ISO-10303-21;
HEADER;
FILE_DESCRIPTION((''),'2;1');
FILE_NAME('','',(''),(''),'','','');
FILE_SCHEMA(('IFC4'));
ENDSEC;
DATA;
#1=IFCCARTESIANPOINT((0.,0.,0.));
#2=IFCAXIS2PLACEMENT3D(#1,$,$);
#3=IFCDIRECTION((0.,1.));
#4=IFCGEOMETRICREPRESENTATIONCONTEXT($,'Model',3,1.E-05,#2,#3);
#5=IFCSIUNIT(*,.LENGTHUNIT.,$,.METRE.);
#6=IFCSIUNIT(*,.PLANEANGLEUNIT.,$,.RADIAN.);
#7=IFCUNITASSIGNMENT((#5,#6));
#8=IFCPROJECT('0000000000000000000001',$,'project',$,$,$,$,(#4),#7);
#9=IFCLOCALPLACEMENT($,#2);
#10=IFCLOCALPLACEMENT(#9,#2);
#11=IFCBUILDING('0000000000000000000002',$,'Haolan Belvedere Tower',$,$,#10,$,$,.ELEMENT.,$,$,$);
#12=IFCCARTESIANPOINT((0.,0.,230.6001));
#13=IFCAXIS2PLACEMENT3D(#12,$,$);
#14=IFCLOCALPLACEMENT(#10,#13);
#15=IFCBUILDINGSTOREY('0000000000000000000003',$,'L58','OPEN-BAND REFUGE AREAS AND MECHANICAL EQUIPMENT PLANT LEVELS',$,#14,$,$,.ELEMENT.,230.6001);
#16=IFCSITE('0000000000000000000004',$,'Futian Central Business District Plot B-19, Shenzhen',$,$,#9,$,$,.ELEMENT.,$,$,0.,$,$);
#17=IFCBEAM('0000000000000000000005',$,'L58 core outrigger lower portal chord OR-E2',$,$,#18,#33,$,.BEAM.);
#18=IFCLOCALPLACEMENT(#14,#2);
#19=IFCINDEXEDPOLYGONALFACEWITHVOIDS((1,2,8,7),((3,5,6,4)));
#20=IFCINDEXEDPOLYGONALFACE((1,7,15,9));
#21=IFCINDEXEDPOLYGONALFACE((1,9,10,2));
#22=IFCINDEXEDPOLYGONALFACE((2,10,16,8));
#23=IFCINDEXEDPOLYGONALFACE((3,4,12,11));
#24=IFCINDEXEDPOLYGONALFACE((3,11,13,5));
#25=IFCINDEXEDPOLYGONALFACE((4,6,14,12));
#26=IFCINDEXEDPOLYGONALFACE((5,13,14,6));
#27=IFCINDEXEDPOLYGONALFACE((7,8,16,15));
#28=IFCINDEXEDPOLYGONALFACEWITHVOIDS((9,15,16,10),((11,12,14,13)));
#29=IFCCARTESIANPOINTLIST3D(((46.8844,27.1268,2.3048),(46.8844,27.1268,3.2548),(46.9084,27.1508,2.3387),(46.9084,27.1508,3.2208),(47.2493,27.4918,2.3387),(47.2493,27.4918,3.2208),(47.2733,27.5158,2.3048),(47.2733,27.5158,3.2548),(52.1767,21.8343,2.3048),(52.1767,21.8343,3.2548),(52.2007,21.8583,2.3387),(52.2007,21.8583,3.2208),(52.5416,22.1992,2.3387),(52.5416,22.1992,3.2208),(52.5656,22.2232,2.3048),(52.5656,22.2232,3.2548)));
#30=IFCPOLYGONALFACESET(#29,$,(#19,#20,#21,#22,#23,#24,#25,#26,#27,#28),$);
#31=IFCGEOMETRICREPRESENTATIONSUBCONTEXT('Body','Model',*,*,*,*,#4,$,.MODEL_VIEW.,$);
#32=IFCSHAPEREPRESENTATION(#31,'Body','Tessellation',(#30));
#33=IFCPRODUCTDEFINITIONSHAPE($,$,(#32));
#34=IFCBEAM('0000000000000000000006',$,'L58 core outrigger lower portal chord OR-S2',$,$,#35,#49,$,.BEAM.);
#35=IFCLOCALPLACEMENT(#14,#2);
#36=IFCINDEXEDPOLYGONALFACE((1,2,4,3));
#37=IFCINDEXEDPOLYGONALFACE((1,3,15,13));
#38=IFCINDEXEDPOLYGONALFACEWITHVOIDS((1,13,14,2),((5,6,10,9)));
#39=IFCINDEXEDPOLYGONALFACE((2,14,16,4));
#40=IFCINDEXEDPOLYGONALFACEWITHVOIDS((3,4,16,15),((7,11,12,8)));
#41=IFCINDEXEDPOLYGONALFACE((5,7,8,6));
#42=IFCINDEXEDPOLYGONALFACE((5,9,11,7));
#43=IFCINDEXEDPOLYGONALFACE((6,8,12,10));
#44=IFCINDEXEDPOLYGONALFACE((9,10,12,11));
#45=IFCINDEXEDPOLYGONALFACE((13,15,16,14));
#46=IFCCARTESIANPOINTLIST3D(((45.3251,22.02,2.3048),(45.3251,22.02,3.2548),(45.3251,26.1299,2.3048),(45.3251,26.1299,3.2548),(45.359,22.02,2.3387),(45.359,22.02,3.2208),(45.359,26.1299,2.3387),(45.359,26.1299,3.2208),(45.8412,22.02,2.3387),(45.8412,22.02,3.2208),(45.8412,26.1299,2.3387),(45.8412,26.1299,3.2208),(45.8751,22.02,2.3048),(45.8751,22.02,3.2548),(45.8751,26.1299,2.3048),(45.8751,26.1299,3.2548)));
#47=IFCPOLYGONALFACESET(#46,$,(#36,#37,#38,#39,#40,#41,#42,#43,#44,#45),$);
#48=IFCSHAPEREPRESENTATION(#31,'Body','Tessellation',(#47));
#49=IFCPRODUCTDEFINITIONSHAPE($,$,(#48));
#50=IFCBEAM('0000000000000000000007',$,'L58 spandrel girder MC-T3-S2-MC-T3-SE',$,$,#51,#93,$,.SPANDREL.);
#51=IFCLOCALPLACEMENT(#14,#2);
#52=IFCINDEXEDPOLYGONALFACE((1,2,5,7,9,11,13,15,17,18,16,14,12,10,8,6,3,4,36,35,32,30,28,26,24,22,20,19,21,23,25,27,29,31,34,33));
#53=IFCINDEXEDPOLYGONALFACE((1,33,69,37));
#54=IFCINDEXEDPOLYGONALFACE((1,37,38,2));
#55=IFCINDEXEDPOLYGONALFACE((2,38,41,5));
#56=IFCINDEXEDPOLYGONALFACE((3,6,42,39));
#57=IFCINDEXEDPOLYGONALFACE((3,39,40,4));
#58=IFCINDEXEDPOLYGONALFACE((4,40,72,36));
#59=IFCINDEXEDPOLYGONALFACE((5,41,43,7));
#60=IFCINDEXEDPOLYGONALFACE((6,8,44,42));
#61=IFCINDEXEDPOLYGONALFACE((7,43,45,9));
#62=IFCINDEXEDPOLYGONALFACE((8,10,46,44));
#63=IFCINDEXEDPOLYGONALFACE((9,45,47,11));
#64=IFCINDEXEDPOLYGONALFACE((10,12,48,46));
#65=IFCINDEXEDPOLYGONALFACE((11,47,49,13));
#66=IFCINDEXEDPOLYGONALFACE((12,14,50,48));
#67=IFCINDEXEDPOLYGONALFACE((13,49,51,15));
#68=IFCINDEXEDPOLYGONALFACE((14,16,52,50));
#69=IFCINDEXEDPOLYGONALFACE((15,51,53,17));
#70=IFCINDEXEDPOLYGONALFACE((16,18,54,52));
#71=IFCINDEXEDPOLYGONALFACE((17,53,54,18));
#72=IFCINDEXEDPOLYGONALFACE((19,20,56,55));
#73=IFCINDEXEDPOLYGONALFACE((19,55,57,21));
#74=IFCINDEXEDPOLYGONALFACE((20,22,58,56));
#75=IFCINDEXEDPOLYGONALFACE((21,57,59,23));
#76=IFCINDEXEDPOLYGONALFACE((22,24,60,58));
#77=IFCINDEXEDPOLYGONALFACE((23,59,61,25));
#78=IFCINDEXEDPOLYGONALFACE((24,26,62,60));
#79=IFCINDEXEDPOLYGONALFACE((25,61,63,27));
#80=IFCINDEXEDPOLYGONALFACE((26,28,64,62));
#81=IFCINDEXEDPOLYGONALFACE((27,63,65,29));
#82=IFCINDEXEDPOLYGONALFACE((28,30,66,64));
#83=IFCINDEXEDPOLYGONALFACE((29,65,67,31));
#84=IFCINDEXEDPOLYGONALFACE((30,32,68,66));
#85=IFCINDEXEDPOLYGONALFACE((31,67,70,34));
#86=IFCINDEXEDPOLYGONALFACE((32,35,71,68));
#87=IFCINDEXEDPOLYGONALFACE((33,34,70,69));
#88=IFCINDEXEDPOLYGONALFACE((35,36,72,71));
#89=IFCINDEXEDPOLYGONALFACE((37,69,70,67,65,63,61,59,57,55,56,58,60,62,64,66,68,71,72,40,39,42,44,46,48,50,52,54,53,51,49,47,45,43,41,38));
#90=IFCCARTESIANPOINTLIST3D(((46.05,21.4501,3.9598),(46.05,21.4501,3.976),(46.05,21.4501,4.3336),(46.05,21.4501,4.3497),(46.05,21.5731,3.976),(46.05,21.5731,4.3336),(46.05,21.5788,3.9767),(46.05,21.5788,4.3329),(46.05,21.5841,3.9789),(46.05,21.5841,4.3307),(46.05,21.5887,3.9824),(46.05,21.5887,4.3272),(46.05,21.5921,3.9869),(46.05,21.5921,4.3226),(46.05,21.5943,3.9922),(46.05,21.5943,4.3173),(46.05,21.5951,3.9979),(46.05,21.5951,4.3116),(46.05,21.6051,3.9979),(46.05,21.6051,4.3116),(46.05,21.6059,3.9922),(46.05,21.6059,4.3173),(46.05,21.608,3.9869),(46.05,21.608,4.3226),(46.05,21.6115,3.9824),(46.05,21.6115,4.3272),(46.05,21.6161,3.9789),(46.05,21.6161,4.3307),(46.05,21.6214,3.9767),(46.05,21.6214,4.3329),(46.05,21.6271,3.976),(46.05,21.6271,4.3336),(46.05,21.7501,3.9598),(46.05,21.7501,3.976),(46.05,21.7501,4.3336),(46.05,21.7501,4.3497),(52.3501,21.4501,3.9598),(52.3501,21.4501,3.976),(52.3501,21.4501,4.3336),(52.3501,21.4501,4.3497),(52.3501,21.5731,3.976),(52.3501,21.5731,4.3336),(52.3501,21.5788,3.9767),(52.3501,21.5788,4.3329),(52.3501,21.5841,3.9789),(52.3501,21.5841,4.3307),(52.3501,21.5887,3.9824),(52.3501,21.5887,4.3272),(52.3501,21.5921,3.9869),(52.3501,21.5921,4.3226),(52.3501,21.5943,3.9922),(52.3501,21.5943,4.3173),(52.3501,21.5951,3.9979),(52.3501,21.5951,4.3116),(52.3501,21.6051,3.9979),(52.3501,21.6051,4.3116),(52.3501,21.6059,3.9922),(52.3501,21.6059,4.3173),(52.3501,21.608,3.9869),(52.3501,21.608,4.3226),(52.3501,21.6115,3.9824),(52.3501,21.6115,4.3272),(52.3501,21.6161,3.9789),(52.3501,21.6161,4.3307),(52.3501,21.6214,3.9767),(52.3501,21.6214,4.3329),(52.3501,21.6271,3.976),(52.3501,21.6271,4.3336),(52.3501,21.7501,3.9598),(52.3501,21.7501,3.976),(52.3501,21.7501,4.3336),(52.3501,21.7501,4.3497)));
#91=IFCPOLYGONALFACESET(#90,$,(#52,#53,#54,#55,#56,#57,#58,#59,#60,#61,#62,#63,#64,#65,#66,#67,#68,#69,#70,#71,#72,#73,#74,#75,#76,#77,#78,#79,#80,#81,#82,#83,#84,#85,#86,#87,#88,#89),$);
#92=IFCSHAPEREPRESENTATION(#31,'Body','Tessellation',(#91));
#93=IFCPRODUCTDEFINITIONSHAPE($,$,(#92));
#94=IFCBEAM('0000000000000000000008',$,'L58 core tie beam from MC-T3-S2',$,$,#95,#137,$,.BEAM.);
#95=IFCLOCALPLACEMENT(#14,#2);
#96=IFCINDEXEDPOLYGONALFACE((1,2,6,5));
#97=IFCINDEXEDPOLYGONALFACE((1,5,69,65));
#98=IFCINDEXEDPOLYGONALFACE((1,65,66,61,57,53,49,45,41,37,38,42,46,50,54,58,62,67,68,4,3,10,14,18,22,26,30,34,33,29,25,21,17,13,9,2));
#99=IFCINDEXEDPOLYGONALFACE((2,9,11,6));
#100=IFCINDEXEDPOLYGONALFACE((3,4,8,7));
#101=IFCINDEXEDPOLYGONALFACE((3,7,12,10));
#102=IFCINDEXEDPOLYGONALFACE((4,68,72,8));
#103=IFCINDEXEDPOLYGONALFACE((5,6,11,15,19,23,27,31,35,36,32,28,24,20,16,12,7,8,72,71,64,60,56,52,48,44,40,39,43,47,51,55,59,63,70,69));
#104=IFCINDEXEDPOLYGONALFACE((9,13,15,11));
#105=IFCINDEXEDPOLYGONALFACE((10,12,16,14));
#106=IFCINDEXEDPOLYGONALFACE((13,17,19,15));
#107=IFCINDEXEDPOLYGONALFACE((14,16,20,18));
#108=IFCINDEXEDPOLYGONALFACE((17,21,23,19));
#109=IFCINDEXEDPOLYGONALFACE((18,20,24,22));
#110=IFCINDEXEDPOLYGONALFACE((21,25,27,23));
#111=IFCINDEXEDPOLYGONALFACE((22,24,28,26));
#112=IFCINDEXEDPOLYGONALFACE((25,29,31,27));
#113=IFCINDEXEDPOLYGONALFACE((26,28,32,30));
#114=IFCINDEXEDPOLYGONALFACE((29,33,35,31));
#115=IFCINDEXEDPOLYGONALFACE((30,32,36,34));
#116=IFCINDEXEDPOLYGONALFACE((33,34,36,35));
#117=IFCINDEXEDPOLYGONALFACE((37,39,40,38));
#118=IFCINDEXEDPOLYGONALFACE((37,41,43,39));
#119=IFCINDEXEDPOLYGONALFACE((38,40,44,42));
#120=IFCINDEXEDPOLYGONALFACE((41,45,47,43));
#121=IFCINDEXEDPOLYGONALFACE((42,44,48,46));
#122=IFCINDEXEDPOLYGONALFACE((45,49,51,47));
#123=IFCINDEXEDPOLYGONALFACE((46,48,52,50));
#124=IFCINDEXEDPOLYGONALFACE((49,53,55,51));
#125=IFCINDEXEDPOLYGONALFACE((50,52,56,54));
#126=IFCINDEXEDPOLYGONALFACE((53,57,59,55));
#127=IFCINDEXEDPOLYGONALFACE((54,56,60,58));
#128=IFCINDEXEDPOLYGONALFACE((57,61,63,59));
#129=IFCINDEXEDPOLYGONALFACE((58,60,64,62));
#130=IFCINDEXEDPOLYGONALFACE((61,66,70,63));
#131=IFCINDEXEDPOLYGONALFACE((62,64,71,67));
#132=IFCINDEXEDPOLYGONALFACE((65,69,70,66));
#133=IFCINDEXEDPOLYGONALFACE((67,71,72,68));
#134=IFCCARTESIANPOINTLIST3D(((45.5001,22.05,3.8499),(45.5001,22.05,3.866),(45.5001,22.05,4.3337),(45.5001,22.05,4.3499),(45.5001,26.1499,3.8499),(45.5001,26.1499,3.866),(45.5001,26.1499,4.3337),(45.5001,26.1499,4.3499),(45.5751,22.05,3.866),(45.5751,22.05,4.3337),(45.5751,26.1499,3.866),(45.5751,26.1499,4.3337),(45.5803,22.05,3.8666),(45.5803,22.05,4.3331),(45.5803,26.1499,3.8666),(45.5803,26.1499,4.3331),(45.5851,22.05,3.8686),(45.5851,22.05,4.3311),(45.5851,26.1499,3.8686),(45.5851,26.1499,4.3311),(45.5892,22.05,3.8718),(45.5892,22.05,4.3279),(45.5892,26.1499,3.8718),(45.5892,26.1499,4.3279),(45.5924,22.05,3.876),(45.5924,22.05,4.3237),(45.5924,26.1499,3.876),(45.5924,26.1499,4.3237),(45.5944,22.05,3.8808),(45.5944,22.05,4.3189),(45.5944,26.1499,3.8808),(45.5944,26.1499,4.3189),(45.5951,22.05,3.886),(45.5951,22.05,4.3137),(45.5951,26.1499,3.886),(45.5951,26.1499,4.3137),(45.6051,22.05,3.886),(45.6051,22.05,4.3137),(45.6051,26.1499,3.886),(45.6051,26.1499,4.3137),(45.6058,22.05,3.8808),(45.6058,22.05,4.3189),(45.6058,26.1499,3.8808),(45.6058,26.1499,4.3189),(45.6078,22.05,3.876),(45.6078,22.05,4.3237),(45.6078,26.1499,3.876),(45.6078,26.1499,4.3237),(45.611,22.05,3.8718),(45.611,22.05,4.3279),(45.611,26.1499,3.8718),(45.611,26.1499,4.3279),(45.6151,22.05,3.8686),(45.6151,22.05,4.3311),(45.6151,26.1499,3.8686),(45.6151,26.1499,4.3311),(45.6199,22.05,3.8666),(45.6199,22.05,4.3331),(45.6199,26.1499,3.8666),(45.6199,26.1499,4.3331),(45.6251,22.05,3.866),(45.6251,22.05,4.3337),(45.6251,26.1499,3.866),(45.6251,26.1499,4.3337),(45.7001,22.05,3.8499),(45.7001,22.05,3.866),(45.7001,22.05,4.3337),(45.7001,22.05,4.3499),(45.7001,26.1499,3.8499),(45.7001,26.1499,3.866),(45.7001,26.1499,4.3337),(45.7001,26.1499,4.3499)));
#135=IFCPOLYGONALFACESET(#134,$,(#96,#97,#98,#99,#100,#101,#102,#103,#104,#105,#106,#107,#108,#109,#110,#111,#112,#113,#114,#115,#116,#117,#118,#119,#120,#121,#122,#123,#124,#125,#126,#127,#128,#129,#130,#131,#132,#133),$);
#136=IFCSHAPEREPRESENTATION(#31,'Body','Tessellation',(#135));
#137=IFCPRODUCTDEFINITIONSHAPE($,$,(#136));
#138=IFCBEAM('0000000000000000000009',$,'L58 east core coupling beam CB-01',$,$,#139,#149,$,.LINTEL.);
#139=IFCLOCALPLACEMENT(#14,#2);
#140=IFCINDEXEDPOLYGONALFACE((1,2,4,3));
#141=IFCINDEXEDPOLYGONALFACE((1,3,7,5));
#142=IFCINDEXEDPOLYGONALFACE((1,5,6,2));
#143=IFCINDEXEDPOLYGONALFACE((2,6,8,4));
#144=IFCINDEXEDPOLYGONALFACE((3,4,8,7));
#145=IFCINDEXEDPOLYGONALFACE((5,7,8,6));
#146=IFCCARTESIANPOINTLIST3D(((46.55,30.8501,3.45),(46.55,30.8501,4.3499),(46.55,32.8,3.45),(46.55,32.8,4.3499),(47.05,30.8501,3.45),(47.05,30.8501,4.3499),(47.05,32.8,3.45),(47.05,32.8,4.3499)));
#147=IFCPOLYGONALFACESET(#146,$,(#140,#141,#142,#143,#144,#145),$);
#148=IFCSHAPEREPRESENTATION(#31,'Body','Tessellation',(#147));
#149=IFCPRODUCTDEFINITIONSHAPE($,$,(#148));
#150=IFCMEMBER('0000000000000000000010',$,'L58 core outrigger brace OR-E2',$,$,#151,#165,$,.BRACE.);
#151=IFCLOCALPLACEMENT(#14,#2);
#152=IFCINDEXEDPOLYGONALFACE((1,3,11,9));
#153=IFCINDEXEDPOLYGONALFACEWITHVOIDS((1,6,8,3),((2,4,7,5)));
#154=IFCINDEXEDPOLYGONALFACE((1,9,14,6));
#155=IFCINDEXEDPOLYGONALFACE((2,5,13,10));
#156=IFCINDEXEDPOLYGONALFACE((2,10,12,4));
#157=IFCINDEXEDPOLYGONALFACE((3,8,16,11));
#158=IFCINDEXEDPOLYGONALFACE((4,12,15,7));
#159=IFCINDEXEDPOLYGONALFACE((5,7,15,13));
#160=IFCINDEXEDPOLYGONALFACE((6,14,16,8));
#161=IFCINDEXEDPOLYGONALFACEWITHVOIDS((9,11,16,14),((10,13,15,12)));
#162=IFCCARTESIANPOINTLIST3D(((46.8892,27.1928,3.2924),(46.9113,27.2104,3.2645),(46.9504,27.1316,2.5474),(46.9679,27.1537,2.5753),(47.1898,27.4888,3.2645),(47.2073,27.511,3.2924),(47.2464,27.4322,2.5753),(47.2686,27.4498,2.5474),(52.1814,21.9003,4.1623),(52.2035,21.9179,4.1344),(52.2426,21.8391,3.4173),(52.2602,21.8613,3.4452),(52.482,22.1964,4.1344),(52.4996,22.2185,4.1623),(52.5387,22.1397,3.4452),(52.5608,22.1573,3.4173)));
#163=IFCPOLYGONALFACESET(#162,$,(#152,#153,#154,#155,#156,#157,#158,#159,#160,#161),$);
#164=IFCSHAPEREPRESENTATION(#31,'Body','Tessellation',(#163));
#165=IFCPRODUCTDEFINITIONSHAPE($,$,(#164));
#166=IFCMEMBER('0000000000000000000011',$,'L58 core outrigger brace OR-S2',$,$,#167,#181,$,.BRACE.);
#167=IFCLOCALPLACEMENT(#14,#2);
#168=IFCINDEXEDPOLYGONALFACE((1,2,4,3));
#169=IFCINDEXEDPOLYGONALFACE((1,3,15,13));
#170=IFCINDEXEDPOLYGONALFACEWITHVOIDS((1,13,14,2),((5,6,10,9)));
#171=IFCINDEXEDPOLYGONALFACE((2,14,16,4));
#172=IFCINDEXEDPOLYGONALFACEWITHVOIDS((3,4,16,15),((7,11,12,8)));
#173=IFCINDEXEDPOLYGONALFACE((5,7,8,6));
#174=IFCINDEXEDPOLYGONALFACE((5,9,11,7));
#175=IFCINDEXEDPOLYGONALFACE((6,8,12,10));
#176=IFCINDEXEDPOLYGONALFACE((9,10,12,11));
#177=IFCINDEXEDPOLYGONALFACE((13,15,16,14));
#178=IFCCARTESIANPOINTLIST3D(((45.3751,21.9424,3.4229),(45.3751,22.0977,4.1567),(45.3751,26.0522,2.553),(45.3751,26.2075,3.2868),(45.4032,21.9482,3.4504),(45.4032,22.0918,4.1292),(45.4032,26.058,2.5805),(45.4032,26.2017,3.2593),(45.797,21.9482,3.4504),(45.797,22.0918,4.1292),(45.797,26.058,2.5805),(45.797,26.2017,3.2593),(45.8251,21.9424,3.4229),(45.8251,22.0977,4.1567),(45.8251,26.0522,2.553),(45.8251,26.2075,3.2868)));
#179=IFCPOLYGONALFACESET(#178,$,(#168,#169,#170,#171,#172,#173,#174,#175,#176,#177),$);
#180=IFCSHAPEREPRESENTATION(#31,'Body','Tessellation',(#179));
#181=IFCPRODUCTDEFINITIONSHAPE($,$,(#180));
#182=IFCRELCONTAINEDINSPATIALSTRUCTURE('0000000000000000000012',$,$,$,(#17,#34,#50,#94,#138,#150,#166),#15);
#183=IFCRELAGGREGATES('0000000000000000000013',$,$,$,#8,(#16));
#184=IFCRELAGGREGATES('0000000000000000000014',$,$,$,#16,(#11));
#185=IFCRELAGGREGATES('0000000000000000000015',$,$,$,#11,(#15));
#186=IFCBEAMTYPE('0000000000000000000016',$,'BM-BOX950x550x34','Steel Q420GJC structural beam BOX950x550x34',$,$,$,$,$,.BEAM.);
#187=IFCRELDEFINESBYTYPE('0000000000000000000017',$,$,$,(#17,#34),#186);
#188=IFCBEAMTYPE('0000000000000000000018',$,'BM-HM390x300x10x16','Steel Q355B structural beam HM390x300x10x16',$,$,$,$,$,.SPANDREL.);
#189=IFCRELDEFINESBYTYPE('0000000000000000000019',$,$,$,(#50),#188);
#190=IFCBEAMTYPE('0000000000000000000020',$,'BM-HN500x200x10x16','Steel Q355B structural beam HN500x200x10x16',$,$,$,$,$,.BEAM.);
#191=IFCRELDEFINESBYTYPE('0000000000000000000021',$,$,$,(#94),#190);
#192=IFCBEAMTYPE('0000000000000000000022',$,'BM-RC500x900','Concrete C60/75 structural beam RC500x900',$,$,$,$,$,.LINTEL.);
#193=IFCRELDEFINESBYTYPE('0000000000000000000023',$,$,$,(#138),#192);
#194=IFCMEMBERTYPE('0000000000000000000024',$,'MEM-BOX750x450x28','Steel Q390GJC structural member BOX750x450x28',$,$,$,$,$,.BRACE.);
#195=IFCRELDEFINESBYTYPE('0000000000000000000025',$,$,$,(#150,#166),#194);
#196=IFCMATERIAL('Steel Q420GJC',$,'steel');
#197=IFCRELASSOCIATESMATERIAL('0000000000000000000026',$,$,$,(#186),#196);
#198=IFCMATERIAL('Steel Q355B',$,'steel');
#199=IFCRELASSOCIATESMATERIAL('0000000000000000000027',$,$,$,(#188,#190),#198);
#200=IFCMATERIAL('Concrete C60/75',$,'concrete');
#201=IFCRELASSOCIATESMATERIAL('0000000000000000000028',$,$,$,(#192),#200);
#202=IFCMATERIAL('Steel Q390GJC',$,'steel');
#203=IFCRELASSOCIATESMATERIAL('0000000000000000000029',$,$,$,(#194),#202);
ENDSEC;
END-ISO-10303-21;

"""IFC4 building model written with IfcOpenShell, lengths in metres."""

from ifc_helpers import new_model, si_unit, direction, frame, origin, origin_2d, place, context, subcontext, project, spatial, rectangle, hollow_rectangle, i_section, extrude, material, material_profile, profile_set, type_object, element, save


model = new_model("IFC4")

# Units and contexts
model_context = context("Model", 3, precision=1e-05, world=origin(), true_north=direction((0.0, 1.0)))
body_context = subcontext(model_context, "Body", "Model", "MODEL_VIEW")
ifc_project = project(units=[si_unit("LENGTHUNIT", "METRE"), si_unit("PLANEANGLEUNIT", "RADIAN")], contexts=[model_context])

# Site, building, storey
site_placement = place(None, origin())
site = spatial("IfcSite", under=ifc_project, at=site_placement, Name="Futian Central Business District Plot B-19, Shenzhen", CompositionType="ELEMENT", RefElevation=0.0)
building_placement = place(site_placement, origin())
building = spatial("IfcBuilding", under=site, at=building_placement, Name="Haolan Belvedere Tower", CompositionType="ELEMENT")
storey_placement = place(building_placement, frame((0.0, 0.0, 230.6001)))
storey = spatial("IfcBuildingStorey", under=building, at=storey_placement, Name="L58", Description="OPEN-BAND REFUGE AREAS AND MECHANICAL EQUIPMENT PLANT LEVELS", CompositionType="ELEMENT", Elevation=230.6001)

# Beams
ifc_material_1 = material(Name="Steel Q420GJC", Category="steel")
ifc_material_profile_1 = material_profile(ifc_material_1, hollow_rectangle(XDim=0.55, YDim=0.95, WallThickness=0.0339, at=origin_2d()), Name="Steel Q420GJC")
ifc_profile_set_1 = profile_set([ifc_material_profile_1], Name="Steel Q420GJC")
beam_type_1 = type_object("IfcBeamType", Name="BM-BOX950x550x34", Description="Steel Q420GJC structural beam BOX950x550x34", PredefinedType="BEAM", material=ifc_profile_set_1)
beam_1_placement = place(storey_placement, frame((47.0789, 27.3213, 2.7798), z_axis=(0.70709, -0.707123, 0.0), x_axis=(0.707123, 0.70709, 0.0)))
element("IfcBeam", 1, at=beam_1_placement, inside=storey, type_object=beam_type_1, Name="L58 core outrigger lower portal chord OR-E2", PredefinedType="BEAM", context=body_context, shape_type="SweptSolid", body=[
    extrude(hollow_rectangle(XDim=0.55, YDim=0.95, WallThickness=0.0339, at=origin_2d()), origin(), (0.0, 0.0, 1.0), 7.4846),
])
beam_2_placement = place(storey_placement, frame((45.6001, 26.1299, 2.7798), z_axis=(0.0, -1.0, 0.0), x_axis=(1.0, 0.0, 0.0)))
element("IfcBeam", 2, at=beam_2_placement, inside=storey, type_object=beam_type_1, Name="L58 core outrigger lower portal chord OR-S2", PredefinedType="BEAM", context=body_context, shape_type="SweptSolid", body=[
    extrude(hollow_rectangle(XDim=0.55, YDim=0.95, WallThickness=0.0339, at=origin_2d()), origin(), (0.0, 0.0, 1.0), 4.1099),
])
ifc_material_2 = material(Name="Steel Q355B", Category="steel")
ifc_material_profile_2 = material_profile(ifc_material_2, i_section(OverallWidth=0.3, OverallDepth=0.3899, WebThickness=0.01, FlangeThickness=0.0161, FilletRadius=0.022, at=origin_2d()), Name="Steel Q355B")
ifc_profile_set_2 = profile_set([ifc_material_profile_2], Name="Steel Q355B")
beam_type_2 = type_object("IfcBeamType", Name="BM-HM390x300x10x16", Description="Steel Q355B structural beam HM390x300x10x16", PredefinedType="SPANDREL", material=ifc_profile_set_2)
beam_3_placement = place(storey_placement, frame((46.05, 21.6001, 4.1548), z_axis=(1.0, 0.0, 0.0), x_axis=(0.0, 1.0, 0.0)))
element("IfcBeam", 3, at=beam_3_placement, inside=storey, type_object=beam_type_2, Name="L58 spandrel girder MC-T3-S2-MC-T3-SE", PredefinedType="SPANDREL", context=body_context, shape_type="SweptSolid", body=[
    extrude(i_section(OverallWidth=0.3, OverallDepth=0.3899, WebThickness=0.01, FlangeThickness=0.0161, FilletRadius=0.022, at=origin_2d()), origin(), (0.0, 0.0, 1.0), 6.3),
])
ifc_material_profile_3 = material_profile(ifc_material_2, i_section(OverallWidth=0.2, OverallDepth=0.5, WebThickness=0.01, FlangeThickness=0.0161, FilletRadius=0.02, at=origin_2d()), Name="Steel Q355B")
ifc_profile_set_3 = profile_set([ifc_material_profile_3], Name="Steel Q355B")
beam_type_3 = type_object("IfcBeamType", Name="BM-HN500x200x10x16", Description="Steel Q355B structural beam HN500x200x10x16", PredefinedType="BEAM", material=ifc_profile_set_3)
beam_4_placement = place(storey_placement, frame((45.6001, 22.05, 4.0999), z_axis=(0.0, 1.0, 0.0), x_axis=(-1.0, 0.0, 0.0)))
element("IfcBeam", 4, at=beam_4_placement, inside=storey, type_object=beam_type_3, Name="L58 core tie beam from MC-T3-S2", PredefinedType="BEAM", context=body_context, shape_type="SweptSolid", body=[
    extrude(i_section(OverallWidth=0.2, OverallDepth=0.5, WebThickness=0.01, FlangeThickness=0.0161, FilletRadius=0.02, at=origin_2d()), origin(), (0.0, 0.0, 1.0), 4.0999),
])
ifc_material_3 = material(Name="Concrete C60/75", Category="concrete")
ifc_material_profile_4 = material_profile(ifc_material_3, rectangle(XDim=0.5, YDim=0.8999, at=origin_2d()), Name="Concrete C60/75")
ifc_profile_set_4 = profile_set([ifc_material_profile_4], Name="Concrete C60/75")
beam_type_4 = type_object("IfcBeamType", Name="BM-RC500x900", Description="Concrete C60/75 structural beam RC500x900", PredefinedType="LINTEL", material=ifc_profile_set_4)
beam_5_placement = place(storey_placement, frame((46.8, 30.8501, 3.8999), z_axis=(0.0, 1.0, 0.0), x_axis=(-1.0, 0.0, 0.0)))
element("IfcBeam", 5, at=beam_5_placement, inside=storey, type_object=beam_type_4, Name="L58 east core coupling beam CB-01", PredefinedType="LINTEL", context=body_context, shape_type="SweptSolid", body=[
    extrude(rectangle(XDim=0.5, YDim=0.8999, at=origin_2d()), origin(), (0.0, 0.0, 1.0), 1.95),
])

# Members
ifc_material_4 = material(Name="Steel Q390GJC", Category="steel")
ifc_material_profile_5 = material_profile(ifc_material_4, hollow_rectangle(XDim=0.45, YDim=0.75, WallThickness=0.0281, at=origin_2d()), Name="Steel Q390GJC")
ifc_profile_set_5 = profile_set([ifc_material_profile_5], Name="Steel Q390GJC")
member_type = type_object("IfcMemberType", Name="MEM-BOX750x450x28", Description="Steel Q390GJC structural member BOX750x450x28", PredefinedType="BRACE", material=ifc_profile_set_5)
member_1_placement = place(storey_placement, frame((47.0789, 27.3213, 2.9199), z_axis=(0.702363, -0.702395, 0.115446), x_axis=(0.707123, 0.70709, 0.0)))
element("IfcMember", 6, at=member_1_placement, inside=storey, type_object=member_type, Name="L58 core outrigger brace OR-E2", PredefinedType="BRACE", context=body_context, shape_type="SweptSolid", body=[
    extrude(hollow_rectangle(XDim=0.45, YDim=0.75, WallThickness=0.0281, at=origin_2d()), origin(), (0.0, 0.0, 1.0), 7.5349),
])
member_2_placement = place(storey_placement, frame((45.6001, 26.1299, 2.9199), z_axis=(0.0, -0.978327, 0.207068), x_axis=(1.0, 0.0, 0.0)))
element("IfcMember", 7, at=member_2_placement, inside=storey, type_object=member_type, Name="L58 core outrigger brace OR-S2", PredefinedType="BRACE", context=body_context, shape_type="SweptSolid", body=[
    extrude(hollow_rectangle(XDim=0.45, YDim=0.75, WallThickness=0.0281, at=origin_2d()), origin(), (0.0, 0.0, 1.0), 4.2009),
])

save(model, "model.ifc")
